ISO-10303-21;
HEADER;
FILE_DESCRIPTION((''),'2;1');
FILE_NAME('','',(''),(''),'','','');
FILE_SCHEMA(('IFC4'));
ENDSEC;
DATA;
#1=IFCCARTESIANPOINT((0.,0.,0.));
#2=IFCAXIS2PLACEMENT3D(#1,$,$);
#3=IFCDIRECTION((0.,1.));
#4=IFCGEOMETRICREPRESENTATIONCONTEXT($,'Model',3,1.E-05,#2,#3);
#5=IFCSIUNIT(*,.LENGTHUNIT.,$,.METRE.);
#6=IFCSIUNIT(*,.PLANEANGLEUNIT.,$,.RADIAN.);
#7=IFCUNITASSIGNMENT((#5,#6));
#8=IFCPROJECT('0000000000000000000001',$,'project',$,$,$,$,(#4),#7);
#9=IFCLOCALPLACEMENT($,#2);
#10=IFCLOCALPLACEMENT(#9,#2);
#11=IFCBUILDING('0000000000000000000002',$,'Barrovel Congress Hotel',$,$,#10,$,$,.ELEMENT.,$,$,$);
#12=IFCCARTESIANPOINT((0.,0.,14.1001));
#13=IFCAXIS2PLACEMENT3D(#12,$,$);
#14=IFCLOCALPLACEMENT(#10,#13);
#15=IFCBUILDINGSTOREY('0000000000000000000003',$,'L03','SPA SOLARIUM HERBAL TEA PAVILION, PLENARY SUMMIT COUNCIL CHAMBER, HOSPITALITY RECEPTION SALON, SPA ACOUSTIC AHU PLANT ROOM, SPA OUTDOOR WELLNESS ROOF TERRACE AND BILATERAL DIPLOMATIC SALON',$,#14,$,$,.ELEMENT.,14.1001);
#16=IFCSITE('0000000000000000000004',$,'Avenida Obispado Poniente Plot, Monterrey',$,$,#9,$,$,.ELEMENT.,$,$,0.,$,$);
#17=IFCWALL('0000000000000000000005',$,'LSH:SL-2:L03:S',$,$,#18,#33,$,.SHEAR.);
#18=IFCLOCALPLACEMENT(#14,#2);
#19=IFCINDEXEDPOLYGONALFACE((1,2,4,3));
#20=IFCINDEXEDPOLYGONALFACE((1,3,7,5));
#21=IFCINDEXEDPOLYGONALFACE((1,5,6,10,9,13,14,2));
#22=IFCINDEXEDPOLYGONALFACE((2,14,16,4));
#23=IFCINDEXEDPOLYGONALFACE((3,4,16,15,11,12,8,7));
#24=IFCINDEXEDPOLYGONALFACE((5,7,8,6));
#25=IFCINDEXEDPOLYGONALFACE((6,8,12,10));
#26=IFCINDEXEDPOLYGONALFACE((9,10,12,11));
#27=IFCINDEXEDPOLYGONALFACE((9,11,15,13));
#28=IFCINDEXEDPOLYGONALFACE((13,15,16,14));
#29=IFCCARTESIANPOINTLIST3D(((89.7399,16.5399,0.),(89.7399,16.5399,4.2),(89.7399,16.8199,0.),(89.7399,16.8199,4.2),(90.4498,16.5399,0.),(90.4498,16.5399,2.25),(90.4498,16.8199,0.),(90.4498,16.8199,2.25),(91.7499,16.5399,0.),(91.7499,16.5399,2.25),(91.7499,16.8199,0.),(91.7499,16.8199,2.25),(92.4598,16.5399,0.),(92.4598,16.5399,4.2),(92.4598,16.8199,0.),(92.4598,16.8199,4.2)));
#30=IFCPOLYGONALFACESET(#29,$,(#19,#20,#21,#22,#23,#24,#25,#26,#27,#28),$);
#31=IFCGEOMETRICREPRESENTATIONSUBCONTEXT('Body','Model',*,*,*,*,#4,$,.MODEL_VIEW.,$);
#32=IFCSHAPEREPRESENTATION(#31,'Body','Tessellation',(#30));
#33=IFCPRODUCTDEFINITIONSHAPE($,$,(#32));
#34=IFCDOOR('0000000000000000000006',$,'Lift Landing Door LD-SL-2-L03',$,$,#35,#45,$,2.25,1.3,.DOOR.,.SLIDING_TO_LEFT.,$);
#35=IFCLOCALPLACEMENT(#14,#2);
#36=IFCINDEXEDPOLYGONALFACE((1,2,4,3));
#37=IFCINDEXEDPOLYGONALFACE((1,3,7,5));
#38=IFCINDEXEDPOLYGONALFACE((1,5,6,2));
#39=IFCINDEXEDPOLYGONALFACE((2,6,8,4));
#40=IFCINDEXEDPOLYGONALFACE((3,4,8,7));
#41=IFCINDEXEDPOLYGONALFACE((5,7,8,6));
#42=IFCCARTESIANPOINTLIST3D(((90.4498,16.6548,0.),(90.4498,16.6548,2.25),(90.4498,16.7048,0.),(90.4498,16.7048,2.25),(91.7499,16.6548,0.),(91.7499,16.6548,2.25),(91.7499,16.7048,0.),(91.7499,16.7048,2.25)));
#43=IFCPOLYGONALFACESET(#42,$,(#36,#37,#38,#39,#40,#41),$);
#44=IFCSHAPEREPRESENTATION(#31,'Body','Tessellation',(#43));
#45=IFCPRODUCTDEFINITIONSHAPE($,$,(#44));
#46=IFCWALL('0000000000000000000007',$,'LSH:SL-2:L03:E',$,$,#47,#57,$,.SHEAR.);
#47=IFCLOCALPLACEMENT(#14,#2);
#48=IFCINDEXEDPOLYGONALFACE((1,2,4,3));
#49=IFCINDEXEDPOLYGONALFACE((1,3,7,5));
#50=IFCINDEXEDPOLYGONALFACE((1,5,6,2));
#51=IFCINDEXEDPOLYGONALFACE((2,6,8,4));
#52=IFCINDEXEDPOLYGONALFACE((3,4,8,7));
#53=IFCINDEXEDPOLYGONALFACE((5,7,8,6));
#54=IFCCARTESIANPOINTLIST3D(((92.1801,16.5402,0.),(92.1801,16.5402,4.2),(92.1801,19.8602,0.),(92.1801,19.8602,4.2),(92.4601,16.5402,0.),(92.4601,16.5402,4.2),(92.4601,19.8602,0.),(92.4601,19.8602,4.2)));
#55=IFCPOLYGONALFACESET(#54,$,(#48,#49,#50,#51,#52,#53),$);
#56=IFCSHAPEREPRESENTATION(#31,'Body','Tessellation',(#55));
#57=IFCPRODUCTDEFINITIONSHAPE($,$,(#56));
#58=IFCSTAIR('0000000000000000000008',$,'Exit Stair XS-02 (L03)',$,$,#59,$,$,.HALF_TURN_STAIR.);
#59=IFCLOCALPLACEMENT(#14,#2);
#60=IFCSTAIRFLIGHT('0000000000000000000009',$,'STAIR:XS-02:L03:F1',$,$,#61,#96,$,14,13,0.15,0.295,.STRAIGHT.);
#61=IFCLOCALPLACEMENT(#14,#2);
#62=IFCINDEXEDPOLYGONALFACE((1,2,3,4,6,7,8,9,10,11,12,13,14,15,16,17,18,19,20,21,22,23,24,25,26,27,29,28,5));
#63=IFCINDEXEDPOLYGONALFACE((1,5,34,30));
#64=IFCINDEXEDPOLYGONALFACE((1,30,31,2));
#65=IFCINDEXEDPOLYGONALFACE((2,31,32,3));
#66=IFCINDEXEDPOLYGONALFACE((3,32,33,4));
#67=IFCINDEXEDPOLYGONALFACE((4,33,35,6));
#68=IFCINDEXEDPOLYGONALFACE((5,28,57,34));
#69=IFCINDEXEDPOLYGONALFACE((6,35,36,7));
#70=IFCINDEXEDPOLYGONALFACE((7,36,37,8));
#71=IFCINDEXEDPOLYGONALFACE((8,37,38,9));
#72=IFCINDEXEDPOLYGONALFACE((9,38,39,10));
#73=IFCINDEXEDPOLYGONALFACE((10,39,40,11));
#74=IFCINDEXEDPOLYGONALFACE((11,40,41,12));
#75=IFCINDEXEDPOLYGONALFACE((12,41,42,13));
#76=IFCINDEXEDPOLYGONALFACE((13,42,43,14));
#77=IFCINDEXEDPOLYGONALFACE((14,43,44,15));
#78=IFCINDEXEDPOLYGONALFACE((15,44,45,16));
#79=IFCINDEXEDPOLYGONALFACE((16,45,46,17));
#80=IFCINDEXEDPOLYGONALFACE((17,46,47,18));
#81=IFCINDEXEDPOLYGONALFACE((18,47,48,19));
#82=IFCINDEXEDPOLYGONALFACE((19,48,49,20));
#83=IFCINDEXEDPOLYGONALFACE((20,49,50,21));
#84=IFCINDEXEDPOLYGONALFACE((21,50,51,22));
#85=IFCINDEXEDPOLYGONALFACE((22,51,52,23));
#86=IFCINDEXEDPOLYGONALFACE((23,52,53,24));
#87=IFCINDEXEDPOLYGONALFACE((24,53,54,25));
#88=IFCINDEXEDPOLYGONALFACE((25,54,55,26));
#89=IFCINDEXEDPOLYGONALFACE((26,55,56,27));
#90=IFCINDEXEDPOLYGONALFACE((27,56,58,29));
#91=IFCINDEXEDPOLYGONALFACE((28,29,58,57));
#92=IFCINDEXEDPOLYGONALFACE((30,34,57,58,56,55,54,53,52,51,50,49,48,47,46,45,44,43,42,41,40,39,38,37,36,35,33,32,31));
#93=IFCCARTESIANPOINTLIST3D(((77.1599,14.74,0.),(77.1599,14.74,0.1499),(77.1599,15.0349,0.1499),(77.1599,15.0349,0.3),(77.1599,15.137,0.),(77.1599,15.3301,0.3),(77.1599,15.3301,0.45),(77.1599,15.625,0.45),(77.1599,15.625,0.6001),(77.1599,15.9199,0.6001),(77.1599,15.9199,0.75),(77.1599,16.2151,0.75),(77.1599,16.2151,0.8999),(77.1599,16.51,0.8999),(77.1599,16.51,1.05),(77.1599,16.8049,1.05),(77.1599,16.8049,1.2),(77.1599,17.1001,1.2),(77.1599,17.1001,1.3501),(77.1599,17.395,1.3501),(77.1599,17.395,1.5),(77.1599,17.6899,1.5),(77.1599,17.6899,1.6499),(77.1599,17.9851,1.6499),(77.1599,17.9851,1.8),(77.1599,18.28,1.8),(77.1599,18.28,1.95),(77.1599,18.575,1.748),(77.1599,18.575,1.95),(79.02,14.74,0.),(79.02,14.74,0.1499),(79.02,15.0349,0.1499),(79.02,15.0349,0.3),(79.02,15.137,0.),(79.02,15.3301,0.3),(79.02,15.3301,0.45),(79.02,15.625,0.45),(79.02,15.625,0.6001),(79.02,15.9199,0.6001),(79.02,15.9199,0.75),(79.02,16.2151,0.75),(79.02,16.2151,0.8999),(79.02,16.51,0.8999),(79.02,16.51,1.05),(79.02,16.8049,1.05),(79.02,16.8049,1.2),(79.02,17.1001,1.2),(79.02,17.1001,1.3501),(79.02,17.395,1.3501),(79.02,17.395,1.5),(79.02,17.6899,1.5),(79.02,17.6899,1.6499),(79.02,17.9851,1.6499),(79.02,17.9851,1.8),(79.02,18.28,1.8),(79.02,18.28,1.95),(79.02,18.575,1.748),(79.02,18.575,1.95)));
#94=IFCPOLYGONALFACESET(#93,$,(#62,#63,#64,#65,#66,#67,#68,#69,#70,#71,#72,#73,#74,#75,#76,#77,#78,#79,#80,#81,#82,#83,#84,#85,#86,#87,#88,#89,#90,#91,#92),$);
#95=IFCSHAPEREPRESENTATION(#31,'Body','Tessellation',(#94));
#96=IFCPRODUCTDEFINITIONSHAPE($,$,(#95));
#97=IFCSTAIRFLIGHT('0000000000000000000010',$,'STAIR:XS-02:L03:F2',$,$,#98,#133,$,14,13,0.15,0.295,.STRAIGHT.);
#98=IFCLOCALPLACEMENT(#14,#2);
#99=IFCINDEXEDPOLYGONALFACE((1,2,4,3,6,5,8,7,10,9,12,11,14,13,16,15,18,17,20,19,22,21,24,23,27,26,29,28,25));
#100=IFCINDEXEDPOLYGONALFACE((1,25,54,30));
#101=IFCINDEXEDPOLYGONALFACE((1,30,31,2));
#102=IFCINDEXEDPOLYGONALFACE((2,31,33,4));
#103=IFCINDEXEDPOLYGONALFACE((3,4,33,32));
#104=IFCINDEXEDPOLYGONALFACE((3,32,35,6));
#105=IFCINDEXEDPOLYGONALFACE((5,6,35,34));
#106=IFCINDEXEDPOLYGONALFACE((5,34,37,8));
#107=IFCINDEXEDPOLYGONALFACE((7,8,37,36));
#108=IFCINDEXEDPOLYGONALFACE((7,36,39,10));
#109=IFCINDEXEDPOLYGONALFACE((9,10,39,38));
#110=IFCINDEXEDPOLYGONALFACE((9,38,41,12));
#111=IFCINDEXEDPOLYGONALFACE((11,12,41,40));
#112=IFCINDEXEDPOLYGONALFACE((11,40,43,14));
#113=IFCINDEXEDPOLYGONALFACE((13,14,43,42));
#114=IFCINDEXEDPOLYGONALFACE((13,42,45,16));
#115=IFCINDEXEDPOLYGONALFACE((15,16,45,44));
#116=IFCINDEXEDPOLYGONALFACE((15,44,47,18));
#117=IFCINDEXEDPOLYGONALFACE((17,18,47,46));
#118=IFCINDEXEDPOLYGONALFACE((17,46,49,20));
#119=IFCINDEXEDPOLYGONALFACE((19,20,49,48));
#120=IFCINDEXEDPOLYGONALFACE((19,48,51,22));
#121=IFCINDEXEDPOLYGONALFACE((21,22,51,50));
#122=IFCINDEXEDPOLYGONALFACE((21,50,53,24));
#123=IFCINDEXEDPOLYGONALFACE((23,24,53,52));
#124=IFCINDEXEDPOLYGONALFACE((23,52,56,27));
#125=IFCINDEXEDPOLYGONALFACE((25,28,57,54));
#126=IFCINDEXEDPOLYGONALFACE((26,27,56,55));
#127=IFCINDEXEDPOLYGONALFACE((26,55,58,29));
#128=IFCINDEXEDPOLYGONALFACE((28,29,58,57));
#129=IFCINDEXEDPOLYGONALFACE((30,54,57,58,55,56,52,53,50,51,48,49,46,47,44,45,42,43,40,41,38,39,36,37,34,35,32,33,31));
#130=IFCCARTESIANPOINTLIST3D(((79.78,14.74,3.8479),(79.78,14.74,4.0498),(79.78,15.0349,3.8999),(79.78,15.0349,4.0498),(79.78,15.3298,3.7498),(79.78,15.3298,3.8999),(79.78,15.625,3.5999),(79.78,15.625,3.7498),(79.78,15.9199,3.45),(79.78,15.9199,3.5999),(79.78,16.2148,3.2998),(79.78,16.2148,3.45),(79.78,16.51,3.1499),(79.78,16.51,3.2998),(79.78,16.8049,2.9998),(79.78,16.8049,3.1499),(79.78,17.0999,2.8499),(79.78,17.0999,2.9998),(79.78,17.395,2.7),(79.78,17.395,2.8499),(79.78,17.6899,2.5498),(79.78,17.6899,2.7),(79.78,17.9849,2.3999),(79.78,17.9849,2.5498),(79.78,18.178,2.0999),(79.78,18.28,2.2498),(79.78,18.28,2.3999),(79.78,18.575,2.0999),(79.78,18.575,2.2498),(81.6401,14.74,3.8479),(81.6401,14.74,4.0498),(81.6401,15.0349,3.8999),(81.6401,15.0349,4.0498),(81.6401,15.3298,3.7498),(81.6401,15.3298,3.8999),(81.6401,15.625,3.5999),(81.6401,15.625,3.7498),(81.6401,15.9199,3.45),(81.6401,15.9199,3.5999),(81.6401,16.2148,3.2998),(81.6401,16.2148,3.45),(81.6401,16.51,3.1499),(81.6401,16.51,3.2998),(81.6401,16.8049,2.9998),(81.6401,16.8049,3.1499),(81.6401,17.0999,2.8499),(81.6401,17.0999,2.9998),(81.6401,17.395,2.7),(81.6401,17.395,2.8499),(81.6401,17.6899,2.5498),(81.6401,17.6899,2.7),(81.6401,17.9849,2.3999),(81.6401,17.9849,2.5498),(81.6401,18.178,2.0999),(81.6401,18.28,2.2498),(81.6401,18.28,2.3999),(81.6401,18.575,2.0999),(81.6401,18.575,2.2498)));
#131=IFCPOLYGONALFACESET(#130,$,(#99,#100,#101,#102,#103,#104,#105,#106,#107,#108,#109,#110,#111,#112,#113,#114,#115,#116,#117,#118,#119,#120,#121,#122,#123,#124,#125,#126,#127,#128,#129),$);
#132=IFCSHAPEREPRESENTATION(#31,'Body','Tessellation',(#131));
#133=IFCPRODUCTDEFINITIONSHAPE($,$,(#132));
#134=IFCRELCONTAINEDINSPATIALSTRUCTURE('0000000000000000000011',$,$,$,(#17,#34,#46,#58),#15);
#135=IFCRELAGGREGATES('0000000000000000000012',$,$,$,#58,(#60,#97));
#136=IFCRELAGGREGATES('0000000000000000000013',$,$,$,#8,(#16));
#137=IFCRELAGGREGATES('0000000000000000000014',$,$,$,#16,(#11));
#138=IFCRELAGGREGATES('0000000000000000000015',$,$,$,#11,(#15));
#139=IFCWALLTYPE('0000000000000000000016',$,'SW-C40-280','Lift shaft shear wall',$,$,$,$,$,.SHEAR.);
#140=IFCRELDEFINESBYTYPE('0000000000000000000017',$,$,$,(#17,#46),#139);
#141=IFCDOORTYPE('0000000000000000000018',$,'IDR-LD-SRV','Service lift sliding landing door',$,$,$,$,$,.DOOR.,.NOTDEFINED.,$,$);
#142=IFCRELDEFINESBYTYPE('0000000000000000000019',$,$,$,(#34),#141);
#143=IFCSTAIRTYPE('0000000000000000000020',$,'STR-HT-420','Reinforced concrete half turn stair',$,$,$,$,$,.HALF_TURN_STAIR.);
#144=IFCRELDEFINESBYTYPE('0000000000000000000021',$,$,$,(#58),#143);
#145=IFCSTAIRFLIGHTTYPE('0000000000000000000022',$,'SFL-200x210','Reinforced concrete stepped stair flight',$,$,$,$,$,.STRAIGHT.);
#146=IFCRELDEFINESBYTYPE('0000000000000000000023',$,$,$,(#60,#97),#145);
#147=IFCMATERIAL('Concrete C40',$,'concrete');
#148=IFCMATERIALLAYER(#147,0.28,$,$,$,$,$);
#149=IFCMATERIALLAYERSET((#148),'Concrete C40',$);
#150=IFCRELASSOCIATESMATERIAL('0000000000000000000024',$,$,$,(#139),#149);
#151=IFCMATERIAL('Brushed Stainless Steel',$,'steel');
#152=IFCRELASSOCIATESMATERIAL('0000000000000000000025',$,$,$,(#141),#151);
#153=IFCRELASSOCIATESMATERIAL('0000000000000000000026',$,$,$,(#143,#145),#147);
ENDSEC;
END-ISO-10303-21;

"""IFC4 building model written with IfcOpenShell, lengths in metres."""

from ifc_helpers import new_model, si_unit, direction, frame, frame_2d, origin, place, context, subcontext, project, spatial, polyline, rectangle, outline, extrude, material, layer, layer_set, type_object, element, fill, aggregate, save


model = new_model("IFC4")

# Units and contexts
model_context = context("Model", 3, precision=1e-05, world=origin(), true_north=direction((0.0, 1.0)))
body_context = subcontext(model_context, "Body", "Model", "MODEL_VIEW")
ifc_project = project(units=[si_unit("LENGTHUNIT", "METRE"), si_unit("PLANEANGLEUNIT", "RADIAN")], contexts=[model_context])

# Site, building, storey
site_placement = place(None, origin())
site = spatial("IfcSite", under=ifc_project, at=site_placement, Name="Avenida Obispado Poniente Plot, Monterrey", CompositionType="ELEMENT", RefElevation=0.0)
building_placement = place(site_placement, origin())
building = spatial("IfcBuilding", under=site, at=building_placement, Name="Barrovel Congress Hotel", CompositionType="ELEMENT")
storey_placement = place(building_placement, frame((0.0, 0.0, 14.1001)))
storey = spatial("IfcBuildingStorey", under=building, at=storey_placement, Name="L03", Description="SPA SOLARIUM HERBAL TEA PAVILION, PLENARY SUMMIT COUNCIL CHAMBER, HOSPITALITY RECEPTION SALON, SPA ACOUSTIC AHU PLANT ROOM, SPA OUTDOOR WELLNESS ROOF TERRACE AND BILATERAL DIPLOMATIC SALON", CompositionType="ELEMENT", Elevation=14.1001)

# Shared definitions
ifc_material_1 = material(Name="Concrete C40", Category="concrete")

# Shared definitions
ifc_layer_1 = layer(ifc_material_1, 0.28)
ifc_layer_set_1 = layer_set([ifc_layer_1], Name="Concrete C40")
wall_type_1 = type_object("IfcWallType", Name="SW-C40-280", Description="Lift shaft shear wall", PredefinedType="SHEAR", material=ifc_layer_set_1)
ifc_material_2 = material(Name="Brushed Stainless Steel", Category="steel")

# Wall, opening, door
wall_1_placement = place(storey_placement, frame((89.74, 16.6799, 0.0), z_axis=(0.0, 0.0, 1.0), x_axis=(1.0, 0.0, 0.0)))
wall_1 = element("IfcWall", 1, at=wall_1_placement, inside=storey, type_object=wall_type_1, Name="LSH:SL-2:L03:S", PredefinedType="SHEAR", context=body_context, shape_type="SweptSolid", body=[
    extrude(rectangle(XDim=2.72, YDim=0.28, at=frame_2d((1.3599, 0.0))), origin(), (0.0, 0.0, 1.0), 4.2),
])
opening_1_placement = place(wall_1_placement, frame((0.71, 0.0, 0.0)))
opening_1 = element("IfcOpeningElement", 2, at=opening_1_placement, cuts=wall_1, PredefinedType="OPENING", context=body_context, shape_type="SweptSolid", body=[
    extrude(rectangle(XDim=1.3, YDim=2.25, at=frame_2d((0.6499, 1.125))), frame((0.0, 0.1499, 0.0), z_axis=(0.0, -1.0, 0.0), x_axis=(1.0, 0.0, 0.0)), (0.0, 0.0, 1.0), 0.3),
])
door_type_1 = type_object("IfcDoorType", Name="IDR-LD-SRV", Description="Service lift sliding landing door", OperationType="NOTDEFINED", PredefinedType="DOOR", material=ifc_material_2)
door_1_placement = place(opening_1_placement, origin())
door_1 = element("IfcDoor", 3, at=door_1_placement, inside=storey, type_object=door_type_1, Name="Lift Landing Door LD-SL-2-L03", OperationType="SLIDING_TO_LEFT", OverallHeight=2.25, OverallWidth=1.3, PredefinedType="DOOR", context=body_context, shape_type="SweptSolid", body=[
    extrude(rectangle(XDim=1.3, YDim=2.25, at=frame_2d((0.6499, 1.125))), frame((0.0, 0.0249, 0.0), z_axis=(0.0, -1.0, 0.0), x_axis=(1.0, 0.0, 0.0)), (0.0, 0.0, 1.0), 0.05),
])
fill(opening_1, door_1)

# Wall
wall_2_placement = place(storey_placement, frame((92.3201, 16.54, 0.0), z_axis=(0.0, 0.0, 1.0), x_axis=(0.0, 1.0, 0.0)))
element("IfcWall", 4, at=wall_2_placement, inside=storey, type_object=wall_type_1, Name="LSH:SL-2:L03:E", PredefinedType="SHEAR", context=body_context, shape_type="SweptSolid", body=[
    extrude(rectangle(XDim=3.3201, YDim=0.28, at=frame_2d((1.6602, 0.0))), origin(), (0.0, 0.0, 1.0), 4.2),
])

# Stair, stair flights
stair_type = type_object("IfcStairType", Name="STR-HT-420", Description="Reinforced concrete half turn stair", PredefinedType="HALF_TURN_STAIR", material=ifc_material_1)
stair_placement = place(storey_placement, origin())
stair = element("IfcStair", 5, at=stair_placement, inside=storey, type_object=stair_type, Name="Exit Stair XS-02 (L03)", PredefinedType="HALF_TURN_STAIR")
stair_flight_type = type_object("IfcStairFlightType", Name="SFL-200x210", Description="Reinforced concrete stepped stair flight", PredefinedType="STRAIGHT", material=ifc_material_1)
stair_flight_1_placement = place(storey_placement, frame((78.0901, 14.74, 0.0), z_axis=(0.0, 0.0, 1.0), x_axis=(0.0, 1.0, 0.0)))
stair_flight_1 = element("IfcStairFlight", 6, at=stair_flight_1_placement, type_object=stair_flight_type, Name="STAIR:XS-02:L03:F1", NumberOfRisers=14, NumberOfTreads=13, PredefinedType="STRAIGHT", RiserHeight=0.15, TreadLength=0.295, context=body_context, shape_type="SweptSolid", body=[
    extrude(outline(polyline([(0.0, 0.0), (0.0, 0.1499), (0.2949, 0.1499), (0.2949, 0.3), (0.5901, 0.3), (0.5901, 0.45), (0.885, 0.45), (0.885, 0.6001), (1.1799, 0.6001), (1.1799, 0.75), (1.4751, 0.75), (1.4751, 0.8999), (1.77, 0.8999), (1.77, 1.05), (2.0649, 1.05), (2.0649, 1.2), (2.3601, 1.2), (2.3601, 1.3501), (2.655, 1.3501), (2.655, 1.5), (2.95, 1.5), (2.95, 1.6499), (3.2451, 1.6499), (3.2451, 1.8), (3.54, 1.8), (3.54, 1.95), (3.835, 1.95), (3.835, 2.1001), (3.835, 1.748), (0.397, 0.0), (0.0, 0.0)])), frame((0.0, 0.9302, 0.0), z_axis=(0.0, -1.0, 0.0), x_axis=(1.0, 0.0, 0.0)), (0.0, 0.0, 1.0), 1.8601),
])
stair_flight_2_placement = place(storey_placement, frame((80.71, 18.575, 2.0999), z_axis=(0.0, 0.0, 1.0), x_axis=(0.0, -1.0, 0.0)))
stair_flight_2 = element("IfcStairFlight", 7, at=stair_flight_2_placement, type_object=stair_flight_type, Name="STAIR:XS-02:L03:F2", NumberOfRisers=14, NumberOfTreads=13, PredefinedType="STRAIGHT", RiserHeight=0.15, TreadLength=0.295, context=body_context, shape_type="SweptSolid", body=[
    extrude(outline(polyline([(0.0, 0.0), (0.0, 0.1499), (0.2949, 0.1499), (0.2949, 0.3), (0.5901, 0.3), (0.5901, 0.45), (0.885, 0.45), (0.885, 0.6001), (1.1799, 0.6001), (1.1799, 0.75), (1.4751, 0.75), (1.4751, 0.8999), (1.77, 0.8999), (1.77, 1.05), (2.0649, 1.05), (2.0649, 1.2), (2.3601, 1.2), (2.3601, 1.3501), (2.655, 1.3501), (2.655, 1.5), (2.95, 1.5), (2.95, 1.6499), (3.2451, 1.6499), (3.2451, 1.8), (3.54, 1.8), (3.54, 1.95), (3.835, 1.95), (3.835, 2.1001), (3.835, 1.748), (0.397, 0.0), (0.0, 0.0)])), frame((0.0, 0.9302, 0.0), z_axis=(0.0, -1.0, 0.0), x_axis=(1.0, 0.0, 0.0)), (0.0, 0.0, 1.0), 1.8601),
])
aggregate(stair, [stair_flight_1, stair_flight_2])

save(model, "model.ifc")
